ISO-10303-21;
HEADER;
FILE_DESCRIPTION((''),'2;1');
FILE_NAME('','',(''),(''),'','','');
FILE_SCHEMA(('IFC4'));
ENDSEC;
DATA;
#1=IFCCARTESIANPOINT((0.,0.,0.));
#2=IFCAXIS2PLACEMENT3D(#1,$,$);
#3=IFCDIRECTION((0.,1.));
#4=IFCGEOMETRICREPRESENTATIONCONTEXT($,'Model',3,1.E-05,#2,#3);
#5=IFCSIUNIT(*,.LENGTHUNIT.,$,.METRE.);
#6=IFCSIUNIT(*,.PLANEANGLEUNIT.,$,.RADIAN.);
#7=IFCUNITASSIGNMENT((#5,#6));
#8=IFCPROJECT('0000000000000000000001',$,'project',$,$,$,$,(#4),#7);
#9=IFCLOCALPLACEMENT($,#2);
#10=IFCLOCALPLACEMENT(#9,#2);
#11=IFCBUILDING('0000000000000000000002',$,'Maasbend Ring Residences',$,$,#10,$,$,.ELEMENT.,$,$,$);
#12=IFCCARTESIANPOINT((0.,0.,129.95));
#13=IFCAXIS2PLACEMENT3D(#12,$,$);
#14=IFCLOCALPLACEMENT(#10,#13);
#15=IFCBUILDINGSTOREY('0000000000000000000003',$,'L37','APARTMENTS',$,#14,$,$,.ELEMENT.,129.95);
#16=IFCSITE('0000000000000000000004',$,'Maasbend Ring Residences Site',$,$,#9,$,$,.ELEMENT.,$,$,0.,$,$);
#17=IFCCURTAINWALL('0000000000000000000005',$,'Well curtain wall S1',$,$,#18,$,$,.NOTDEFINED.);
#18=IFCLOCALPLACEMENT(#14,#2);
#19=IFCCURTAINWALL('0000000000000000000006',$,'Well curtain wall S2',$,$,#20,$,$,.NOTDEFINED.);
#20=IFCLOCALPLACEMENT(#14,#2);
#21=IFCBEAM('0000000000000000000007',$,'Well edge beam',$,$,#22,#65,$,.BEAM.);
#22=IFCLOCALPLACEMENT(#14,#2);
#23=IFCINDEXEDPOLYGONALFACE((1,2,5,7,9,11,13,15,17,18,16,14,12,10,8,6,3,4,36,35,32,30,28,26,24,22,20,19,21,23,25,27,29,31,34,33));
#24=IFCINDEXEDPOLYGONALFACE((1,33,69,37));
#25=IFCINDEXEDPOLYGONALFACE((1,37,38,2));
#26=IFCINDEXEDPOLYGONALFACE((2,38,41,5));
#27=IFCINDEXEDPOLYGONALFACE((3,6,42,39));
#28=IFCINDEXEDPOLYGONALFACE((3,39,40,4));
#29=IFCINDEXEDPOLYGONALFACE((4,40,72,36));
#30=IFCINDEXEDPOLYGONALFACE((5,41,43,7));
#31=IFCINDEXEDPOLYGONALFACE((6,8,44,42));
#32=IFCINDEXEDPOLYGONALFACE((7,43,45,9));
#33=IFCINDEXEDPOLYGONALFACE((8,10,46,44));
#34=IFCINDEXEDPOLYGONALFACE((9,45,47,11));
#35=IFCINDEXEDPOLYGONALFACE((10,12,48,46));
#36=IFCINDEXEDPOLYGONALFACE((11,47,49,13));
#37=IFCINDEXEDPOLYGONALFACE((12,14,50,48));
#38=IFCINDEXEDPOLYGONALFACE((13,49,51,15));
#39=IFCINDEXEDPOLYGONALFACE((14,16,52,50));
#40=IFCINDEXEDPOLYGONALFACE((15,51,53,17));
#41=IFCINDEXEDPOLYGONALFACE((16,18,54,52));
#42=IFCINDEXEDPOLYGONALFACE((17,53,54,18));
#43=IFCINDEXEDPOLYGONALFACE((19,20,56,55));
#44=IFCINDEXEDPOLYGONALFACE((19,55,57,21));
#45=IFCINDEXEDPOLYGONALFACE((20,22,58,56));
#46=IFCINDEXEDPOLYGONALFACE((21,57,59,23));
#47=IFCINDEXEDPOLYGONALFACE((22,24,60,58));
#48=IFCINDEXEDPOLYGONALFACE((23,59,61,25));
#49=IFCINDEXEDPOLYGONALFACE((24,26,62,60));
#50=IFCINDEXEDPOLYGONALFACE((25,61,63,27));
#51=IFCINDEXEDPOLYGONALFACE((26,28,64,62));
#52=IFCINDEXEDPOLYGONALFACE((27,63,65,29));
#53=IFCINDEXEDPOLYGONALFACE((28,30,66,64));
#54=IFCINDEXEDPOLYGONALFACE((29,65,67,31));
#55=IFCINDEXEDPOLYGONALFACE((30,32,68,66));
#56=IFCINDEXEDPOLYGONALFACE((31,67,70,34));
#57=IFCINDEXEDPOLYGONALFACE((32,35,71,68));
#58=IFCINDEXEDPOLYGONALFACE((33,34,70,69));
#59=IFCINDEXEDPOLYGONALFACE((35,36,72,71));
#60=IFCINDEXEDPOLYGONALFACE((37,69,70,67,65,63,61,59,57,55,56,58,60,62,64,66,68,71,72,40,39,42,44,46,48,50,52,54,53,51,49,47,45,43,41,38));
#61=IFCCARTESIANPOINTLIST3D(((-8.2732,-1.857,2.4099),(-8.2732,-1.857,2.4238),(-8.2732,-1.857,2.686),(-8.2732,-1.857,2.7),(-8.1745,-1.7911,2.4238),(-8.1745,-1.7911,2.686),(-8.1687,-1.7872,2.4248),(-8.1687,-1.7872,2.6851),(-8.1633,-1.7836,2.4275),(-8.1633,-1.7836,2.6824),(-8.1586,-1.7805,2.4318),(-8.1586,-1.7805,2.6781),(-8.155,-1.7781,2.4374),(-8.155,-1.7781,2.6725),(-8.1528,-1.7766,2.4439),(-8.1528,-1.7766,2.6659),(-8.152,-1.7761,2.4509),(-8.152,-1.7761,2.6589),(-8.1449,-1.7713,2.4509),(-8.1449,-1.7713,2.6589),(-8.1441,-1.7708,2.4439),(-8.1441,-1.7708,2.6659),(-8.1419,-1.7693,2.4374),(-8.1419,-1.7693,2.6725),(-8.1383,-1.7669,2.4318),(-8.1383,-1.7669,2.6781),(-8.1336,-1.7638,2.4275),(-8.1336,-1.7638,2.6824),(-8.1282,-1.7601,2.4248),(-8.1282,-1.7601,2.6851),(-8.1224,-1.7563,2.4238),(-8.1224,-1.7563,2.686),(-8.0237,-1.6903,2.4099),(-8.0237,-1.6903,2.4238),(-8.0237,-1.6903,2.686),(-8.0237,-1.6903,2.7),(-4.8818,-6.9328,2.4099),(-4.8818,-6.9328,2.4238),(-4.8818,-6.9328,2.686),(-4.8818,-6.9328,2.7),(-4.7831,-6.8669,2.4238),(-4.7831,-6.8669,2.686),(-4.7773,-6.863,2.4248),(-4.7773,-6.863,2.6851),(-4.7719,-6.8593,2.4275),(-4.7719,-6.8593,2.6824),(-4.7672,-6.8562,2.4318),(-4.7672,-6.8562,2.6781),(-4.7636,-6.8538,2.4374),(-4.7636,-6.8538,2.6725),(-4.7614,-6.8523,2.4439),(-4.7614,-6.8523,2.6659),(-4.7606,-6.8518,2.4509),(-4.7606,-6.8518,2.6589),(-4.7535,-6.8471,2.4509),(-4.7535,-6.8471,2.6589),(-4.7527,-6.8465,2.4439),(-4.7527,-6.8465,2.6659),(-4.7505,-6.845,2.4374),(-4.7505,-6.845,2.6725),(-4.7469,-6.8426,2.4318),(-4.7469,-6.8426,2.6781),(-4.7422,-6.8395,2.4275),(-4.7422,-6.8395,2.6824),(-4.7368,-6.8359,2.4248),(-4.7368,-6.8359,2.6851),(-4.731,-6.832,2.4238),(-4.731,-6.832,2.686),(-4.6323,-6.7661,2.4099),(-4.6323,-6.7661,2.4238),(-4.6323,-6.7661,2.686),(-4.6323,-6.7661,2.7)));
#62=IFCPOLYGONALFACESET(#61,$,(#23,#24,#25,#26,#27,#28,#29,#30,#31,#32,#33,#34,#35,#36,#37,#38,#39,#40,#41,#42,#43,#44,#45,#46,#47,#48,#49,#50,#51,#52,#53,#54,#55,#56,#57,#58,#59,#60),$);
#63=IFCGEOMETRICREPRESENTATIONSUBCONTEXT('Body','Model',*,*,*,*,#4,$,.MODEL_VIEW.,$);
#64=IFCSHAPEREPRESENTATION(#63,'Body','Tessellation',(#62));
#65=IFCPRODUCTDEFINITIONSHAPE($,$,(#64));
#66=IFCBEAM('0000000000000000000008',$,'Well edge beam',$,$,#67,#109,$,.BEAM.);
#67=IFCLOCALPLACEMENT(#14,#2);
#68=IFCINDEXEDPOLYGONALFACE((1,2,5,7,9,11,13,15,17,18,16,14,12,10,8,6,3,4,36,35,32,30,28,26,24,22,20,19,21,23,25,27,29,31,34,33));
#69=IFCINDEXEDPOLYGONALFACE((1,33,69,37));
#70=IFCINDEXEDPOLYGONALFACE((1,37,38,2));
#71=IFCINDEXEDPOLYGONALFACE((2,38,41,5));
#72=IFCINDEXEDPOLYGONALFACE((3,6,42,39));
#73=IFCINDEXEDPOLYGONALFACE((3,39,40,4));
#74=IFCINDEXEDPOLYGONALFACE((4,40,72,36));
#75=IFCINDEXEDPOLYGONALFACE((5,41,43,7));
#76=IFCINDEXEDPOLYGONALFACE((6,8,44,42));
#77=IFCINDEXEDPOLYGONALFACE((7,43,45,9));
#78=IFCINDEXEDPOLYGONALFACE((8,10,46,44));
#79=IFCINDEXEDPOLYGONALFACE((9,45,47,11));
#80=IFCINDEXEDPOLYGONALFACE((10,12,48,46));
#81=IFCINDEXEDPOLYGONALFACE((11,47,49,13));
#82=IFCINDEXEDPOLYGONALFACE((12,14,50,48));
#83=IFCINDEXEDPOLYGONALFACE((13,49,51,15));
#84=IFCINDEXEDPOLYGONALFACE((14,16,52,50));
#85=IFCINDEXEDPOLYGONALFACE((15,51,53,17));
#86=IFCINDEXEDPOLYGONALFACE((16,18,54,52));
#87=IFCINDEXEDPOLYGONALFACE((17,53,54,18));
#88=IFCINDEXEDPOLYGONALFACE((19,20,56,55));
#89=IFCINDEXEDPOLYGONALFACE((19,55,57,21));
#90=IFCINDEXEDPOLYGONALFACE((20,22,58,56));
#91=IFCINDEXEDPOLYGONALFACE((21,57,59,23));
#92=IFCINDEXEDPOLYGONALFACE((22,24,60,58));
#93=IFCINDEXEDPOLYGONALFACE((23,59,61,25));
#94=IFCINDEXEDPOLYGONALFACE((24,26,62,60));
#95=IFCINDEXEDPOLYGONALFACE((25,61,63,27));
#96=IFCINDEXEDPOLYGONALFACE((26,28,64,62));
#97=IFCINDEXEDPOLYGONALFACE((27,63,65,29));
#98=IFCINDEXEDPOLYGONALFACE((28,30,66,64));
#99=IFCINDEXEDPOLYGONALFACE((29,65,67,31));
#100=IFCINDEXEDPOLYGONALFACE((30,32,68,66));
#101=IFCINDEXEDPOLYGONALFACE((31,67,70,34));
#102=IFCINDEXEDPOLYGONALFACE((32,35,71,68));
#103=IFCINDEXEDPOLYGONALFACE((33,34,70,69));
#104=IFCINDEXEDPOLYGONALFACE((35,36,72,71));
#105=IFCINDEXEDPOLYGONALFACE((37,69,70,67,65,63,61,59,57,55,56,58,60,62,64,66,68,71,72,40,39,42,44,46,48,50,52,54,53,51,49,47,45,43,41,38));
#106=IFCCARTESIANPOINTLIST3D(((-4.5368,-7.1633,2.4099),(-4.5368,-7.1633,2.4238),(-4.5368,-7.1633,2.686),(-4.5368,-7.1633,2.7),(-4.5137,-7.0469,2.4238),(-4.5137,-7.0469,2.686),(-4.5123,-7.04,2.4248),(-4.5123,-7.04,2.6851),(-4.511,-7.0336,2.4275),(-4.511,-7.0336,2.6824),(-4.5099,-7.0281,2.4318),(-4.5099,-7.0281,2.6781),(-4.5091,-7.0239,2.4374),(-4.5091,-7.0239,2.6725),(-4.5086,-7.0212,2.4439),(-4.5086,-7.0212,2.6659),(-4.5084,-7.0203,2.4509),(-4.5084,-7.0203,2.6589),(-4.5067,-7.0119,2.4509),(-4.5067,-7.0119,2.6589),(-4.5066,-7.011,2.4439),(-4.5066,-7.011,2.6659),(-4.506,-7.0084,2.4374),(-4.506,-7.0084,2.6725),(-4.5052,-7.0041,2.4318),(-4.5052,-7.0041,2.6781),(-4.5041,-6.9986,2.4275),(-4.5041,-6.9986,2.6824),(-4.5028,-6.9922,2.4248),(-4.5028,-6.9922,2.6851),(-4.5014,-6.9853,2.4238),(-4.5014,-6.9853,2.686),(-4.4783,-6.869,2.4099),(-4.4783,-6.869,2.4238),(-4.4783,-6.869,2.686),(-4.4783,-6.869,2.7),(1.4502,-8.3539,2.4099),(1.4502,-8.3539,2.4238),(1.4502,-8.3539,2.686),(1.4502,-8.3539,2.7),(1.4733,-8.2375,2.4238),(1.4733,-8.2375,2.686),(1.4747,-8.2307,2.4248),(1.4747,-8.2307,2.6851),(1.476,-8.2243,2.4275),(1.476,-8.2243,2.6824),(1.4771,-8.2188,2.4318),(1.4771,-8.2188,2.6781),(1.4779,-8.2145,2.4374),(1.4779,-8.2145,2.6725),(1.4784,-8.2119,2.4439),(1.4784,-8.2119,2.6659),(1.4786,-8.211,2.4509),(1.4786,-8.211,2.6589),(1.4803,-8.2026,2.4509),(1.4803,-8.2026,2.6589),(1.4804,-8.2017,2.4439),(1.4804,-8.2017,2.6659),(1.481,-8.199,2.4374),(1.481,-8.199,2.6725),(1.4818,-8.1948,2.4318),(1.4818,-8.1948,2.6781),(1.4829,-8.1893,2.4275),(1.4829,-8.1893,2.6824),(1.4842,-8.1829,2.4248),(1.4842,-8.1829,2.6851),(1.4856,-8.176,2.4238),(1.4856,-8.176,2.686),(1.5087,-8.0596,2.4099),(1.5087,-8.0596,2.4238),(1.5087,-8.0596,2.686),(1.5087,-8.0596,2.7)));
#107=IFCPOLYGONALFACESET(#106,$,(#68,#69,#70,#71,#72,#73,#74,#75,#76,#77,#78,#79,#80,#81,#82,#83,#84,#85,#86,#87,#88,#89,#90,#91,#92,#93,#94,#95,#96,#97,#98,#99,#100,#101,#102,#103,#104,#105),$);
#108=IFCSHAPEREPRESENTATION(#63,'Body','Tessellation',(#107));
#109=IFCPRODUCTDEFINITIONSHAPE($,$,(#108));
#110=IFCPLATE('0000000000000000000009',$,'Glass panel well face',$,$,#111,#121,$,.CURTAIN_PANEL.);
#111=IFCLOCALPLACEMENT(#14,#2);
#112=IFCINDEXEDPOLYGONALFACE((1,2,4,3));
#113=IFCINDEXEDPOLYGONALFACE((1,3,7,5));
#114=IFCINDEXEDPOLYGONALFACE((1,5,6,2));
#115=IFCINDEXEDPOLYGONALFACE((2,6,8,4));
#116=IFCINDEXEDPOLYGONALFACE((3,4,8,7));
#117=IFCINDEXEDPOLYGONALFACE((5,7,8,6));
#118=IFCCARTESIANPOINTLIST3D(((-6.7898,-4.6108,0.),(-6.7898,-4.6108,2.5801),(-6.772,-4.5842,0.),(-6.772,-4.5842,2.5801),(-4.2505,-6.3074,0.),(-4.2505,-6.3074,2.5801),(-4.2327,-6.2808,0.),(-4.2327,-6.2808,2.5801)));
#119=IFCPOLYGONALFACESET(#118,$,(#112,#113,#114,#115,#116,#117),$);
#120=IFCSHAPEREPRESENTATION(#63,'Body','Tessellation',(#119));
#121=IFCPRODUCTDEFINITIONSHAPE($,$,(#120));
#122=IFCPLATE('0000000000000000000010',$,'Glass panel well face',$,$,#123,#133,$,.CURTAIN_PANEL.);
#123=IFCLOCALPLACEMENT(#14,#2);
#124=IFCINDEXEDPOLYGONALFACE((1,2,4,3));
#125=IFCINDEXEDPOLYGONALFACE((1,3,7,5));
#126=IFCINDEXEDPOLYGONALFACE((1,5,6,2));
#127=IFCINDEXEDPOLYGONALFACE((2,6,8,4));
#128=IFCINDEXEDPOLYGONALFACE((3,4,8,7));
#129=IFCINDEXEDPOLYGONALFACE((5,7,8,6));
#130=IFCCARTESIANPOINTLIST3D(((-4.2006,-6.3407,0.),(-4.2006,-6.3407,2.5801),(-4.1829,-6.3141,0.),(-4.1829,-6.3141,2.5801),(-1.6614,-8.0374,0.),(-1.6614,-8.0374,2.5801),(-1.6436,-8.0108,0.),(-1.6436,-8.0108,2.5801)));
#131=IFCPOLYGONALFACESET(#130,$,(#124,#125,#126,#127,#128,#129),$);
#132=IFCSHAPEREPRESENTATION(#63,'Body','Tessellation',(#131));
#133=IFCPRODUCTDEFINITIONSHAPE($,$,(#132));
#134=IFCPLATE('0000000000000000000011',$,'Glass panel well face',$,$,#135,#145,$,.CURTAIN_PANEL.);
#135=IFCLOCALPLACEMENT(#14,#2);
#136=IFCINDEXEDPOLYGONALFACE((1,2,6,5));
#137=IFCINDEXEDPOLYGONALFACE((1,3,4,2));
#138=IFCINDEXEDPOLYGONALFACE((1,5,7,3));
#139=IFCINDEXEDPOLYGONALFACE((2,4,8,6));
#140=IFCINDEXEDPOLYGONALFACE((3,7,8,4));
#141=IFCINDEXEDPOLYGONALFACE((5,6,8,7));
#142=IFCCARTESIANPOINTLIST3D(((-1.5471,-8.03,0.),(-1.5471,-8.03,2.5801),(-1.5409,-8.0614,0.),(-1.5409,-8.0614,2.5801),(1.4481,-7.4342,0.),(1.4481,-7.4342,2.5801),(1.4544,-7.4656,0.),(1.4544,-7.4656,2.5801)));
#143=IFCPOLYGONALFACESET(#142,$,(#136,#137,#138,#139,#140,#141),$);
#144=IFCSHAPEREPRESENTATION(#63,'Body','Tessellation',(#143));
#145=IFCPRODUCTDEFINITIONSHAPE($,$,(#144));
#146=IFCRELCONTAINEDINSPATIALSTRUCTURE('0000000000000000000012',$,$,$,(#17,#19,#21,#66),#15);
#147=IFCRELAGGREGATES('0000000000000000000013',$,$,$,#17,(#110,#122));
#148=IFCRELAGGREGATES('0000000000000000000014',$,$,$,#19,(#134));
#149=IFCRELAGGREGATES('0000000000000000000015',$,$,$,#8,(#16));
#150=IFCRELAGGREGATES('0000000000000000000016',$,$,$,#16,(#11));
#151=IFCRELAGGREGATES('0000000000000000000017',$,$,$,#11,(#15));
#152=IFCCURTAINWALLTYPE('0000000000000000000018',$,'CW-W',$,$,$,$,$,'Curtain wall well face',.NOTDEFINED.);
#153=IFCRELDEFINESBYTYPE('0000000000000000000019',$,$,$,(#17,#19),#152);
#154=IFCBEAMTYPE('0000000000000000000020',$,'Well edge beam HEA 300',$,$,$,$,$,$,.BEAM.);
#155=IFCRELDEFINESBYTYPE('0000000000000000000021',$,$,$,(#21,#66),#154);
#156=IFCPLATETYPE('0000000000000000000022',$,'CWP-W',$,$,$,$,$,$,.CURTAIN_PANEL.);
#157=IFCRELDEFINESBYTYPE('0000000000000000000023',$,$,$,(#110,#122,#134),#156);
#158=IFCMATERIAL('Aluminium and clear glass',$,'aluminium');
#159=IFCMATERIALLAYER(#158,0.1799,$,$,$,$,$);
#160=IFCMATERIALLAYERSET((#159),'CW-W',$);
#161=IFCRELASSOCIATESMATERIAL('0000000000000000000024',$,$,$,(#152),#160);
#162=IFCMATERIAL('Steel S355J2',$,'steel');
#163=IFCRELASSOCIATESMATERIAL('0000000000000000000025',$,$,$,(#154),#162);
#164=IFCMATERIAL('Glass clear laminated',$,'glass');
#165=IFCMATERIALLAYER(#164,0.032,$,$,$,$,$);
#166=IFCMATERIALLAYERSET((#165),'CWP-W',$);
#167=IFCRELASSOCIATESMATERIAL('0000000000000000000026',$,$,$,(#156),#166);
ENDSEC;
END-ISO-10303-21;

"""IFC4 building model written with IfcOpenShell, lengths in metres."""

from ifc_helpers import new_model, si_unit, direction, frame, origin, origin_2d, place, context, subcontext, project, spatial, rectangle, i_section, extrude, material, layer, layer_set, material_profile, profile_set, type_object, element, aggregate, save


model = new_model("IFC4")

# Units and contexts
model_context = context("Model", 3, precision=1e-05, world=origin(), true_north=direction((0.0, 1.0)))
body_context = subcontext(model_context, "Body", "Model", "MODEL_VIEW")
ifc_project = project(units=[si_unit("LENGTHUNIT", "METRE"), si_unit("PLANEANGLEUNIT", "RADIAN")], contexts=[model_context])

# Site, building, storey
site_placement = place(None, origin())
site = spatial("IfcSite", under=ifc_project, at=site_placement, Name="Maasbend Ring Residences Site", CompositionType="ELEMENT", RefElevation=0.0)
building_placement = place(site_placement, origin())
building = spatial("IfcBuilding", under=site, at=building_placement, Name="Maasbend Ring Residences", CompositionType="ELEMENT")
storey_placement = place(building_placement, frame((0.0, 0.0, 129.95)))
storey = spatial("IfcBuildingStorey", under=building, at=storey_placement, Name="L37", Description="APARTMENTS", CompositionType="ELEMENT", Elevation=129.95)

# Curtain wall
ifc_material_1 = material(Name="Aluminium and clear glass", Category="aluminium")
ifc_layer_1 = layer(ifc_material_1, 0.1799)
ifc_layer_set_1 = layer_set([ifc_layer_1], Name="CW-W")
curtain_wall_type = type_object("IfcCurtainWallType", Name="CW-W", ElementType="Curtain wall well face", PredefinedType="NOTDEFINED", material=ifc_layer_set_1)
curtain_wall_1_placement = place(storey_placement, origin())
curtain_wall_1 = element("IfcCurtainWall", 1, at=curtain_wall_1_placement, inside=storey, type_object=curtain_wall_type, Name="Well curtain wall S1", PredefinedType="NOTDEFINED")

# Curtain wall
curtain_wall_2_placement = place(storey_placement, origin())
curtain_wall_2 = element("IfcCurtainWall", 2, at=curtain_wall_2_placement, inside=storey, type_object=curtain_wall_type, Name="Well curtain wall S2", PredefinedType="NOTDEFINED")

# Beams
ifc_material_2 = material(Name="Steel S355J2", Category="steel")
ifc_material_profile_1 = material_profile(ifc_material_2, i_section(OverallWidth=0.3, OverallDepth=0.29, WebThickness=0.0085, FlangeThickness=0.0139, FilletRadius=0.0271, at=origin_2d()), Name="HEA 300")
ifc_profile_set_1 = profile_set([ifc_material_profile_1], Name="Steel S355J2")
beam_type = type_object("IfcBeamType", Name="Well edge beam HEA 300", PredefinedType="BEAM", material=ifc_profile_set_1)
beam_1_placement = place(storey_placement, frame((-8.1484, -1.7737, 2.5549), z_axis=(0.555558, -0.831478, 0.0), x_axis=(0.831478, 0.555558, 0.0)))
element("IfcBeam", 3, at=beam_1_placement, inside=storey, type_object=beam_type, Name="Well edge beam", PredefinedType="BEAM", context=body_context, shape_type="SweptSolid", body=[
    extrude(i_section(OverallWidth=0.3, OverallDepth=0.29, WebThickness=0.0085, FlangeThickness=0.0139, FilletRadius=0.0271, at=origin_2d()), origin(), (0.0, 0.0, 1.0), 6.1045),
])
beam_2_placement = place(storey_placement, frame((-4.5076, -7.0161, 2.5549), z_axis=(0.980792, -0.195055, 0.0), x_axis=(0.195055, 0.980792, 0.0)))
element("IfcBeam", 4, at=beam_2_placement, inside=storey, type_object=beam_type, Name="Well edge beam", PredefinedType="BEAM", context=body_context, shape_type="SweptSolid", body=[
    extrude(i_section(OverallWidth=0.3, OverallDepth=0.29, WebThickness=0.0085, FlangeThickness=0.0139, FilletRadius=0.0271, at=origin_2d()), origin(), (0.0, 0.0, 1.0), 6.1042),
])

# Plates
ifc_material_3 = material(Name="Glass clear laminated", Category="glass")
ifc_layer_2 = layer(ifc_material_3, 0.032)
ifc_layer_set_2 = layer_set([ifc_layer_2], Name="CWP-W")
plate_type = type_object("IfcPlateType", Name="CWP-W", PredefinedType="CURTAIN_PANEL", material=ifc_layer_set_2)
plate_1_placement = place(storey_placement, frame((-5.5112, -5.4458, 0.0), z_axis=(0.0, 0.0, 1.0), x_axis=(0.83147, -0.55557, 0.0)))
plate_1 = element("IfcPlate", 5, at=plate_1_placement, type_object=plate_type, Name="Glass panel well face", PredefinedType="CURTAIN_PANEL", context=body_context, shape_type="SweptSolid", body=[
    extrude(rectangle(XDim=3.054, YDim=0.032, at=origin_2d()), origin(), (0.0, 0.0, 1.0), 2.5801),
])
plate_2_placement = place(storey_placement, frame((-2.9221, -7.1758, 0.0), z_axis=(0.0, 0.0, 1.0), x_axis=(0.83147, -0.55557, 0.0)))
plate_2 = element("IfcPlate", 6, at=plate_2_placement, type_object=plate_type, Name="Glass panel well face", PredefinedType="CURTAIN_PANEL", context=body_context, shape_type="SweptSolid", body=[
    extrude(rectangle(XDim=3.054, YDim=0.032, at=origin_2d()), origin(), (0.0, 0.0, 1.0), 2.5801),
])
aggregate(curtain_wall_1, [plate_1, plate_2])
plate_3_placement = place(storey_placement, frame((-0.0464, -7.7478, 0.0), z_axis=(0.0, 0.0, 1.0), x_axis=(0.980785, 0.19509, 0.0)))
plate_3 = element("IfcPlate", 7, at=plate_3_placement, type_object=plate_type, Name="Glass panel well face", PredefinedType="CURTAIN_PANEL", context=body_context, shape_type="SweptSolid", body=[
    extrude(rectangle(XDim=3.054, YDim=0.032, at=origin_2d()), origin(), (0.0, 0.0, 1.0), 2.5801),
])
aggregate(curtain_wall_2, [plate_3])

save(model, "model.ifc")
